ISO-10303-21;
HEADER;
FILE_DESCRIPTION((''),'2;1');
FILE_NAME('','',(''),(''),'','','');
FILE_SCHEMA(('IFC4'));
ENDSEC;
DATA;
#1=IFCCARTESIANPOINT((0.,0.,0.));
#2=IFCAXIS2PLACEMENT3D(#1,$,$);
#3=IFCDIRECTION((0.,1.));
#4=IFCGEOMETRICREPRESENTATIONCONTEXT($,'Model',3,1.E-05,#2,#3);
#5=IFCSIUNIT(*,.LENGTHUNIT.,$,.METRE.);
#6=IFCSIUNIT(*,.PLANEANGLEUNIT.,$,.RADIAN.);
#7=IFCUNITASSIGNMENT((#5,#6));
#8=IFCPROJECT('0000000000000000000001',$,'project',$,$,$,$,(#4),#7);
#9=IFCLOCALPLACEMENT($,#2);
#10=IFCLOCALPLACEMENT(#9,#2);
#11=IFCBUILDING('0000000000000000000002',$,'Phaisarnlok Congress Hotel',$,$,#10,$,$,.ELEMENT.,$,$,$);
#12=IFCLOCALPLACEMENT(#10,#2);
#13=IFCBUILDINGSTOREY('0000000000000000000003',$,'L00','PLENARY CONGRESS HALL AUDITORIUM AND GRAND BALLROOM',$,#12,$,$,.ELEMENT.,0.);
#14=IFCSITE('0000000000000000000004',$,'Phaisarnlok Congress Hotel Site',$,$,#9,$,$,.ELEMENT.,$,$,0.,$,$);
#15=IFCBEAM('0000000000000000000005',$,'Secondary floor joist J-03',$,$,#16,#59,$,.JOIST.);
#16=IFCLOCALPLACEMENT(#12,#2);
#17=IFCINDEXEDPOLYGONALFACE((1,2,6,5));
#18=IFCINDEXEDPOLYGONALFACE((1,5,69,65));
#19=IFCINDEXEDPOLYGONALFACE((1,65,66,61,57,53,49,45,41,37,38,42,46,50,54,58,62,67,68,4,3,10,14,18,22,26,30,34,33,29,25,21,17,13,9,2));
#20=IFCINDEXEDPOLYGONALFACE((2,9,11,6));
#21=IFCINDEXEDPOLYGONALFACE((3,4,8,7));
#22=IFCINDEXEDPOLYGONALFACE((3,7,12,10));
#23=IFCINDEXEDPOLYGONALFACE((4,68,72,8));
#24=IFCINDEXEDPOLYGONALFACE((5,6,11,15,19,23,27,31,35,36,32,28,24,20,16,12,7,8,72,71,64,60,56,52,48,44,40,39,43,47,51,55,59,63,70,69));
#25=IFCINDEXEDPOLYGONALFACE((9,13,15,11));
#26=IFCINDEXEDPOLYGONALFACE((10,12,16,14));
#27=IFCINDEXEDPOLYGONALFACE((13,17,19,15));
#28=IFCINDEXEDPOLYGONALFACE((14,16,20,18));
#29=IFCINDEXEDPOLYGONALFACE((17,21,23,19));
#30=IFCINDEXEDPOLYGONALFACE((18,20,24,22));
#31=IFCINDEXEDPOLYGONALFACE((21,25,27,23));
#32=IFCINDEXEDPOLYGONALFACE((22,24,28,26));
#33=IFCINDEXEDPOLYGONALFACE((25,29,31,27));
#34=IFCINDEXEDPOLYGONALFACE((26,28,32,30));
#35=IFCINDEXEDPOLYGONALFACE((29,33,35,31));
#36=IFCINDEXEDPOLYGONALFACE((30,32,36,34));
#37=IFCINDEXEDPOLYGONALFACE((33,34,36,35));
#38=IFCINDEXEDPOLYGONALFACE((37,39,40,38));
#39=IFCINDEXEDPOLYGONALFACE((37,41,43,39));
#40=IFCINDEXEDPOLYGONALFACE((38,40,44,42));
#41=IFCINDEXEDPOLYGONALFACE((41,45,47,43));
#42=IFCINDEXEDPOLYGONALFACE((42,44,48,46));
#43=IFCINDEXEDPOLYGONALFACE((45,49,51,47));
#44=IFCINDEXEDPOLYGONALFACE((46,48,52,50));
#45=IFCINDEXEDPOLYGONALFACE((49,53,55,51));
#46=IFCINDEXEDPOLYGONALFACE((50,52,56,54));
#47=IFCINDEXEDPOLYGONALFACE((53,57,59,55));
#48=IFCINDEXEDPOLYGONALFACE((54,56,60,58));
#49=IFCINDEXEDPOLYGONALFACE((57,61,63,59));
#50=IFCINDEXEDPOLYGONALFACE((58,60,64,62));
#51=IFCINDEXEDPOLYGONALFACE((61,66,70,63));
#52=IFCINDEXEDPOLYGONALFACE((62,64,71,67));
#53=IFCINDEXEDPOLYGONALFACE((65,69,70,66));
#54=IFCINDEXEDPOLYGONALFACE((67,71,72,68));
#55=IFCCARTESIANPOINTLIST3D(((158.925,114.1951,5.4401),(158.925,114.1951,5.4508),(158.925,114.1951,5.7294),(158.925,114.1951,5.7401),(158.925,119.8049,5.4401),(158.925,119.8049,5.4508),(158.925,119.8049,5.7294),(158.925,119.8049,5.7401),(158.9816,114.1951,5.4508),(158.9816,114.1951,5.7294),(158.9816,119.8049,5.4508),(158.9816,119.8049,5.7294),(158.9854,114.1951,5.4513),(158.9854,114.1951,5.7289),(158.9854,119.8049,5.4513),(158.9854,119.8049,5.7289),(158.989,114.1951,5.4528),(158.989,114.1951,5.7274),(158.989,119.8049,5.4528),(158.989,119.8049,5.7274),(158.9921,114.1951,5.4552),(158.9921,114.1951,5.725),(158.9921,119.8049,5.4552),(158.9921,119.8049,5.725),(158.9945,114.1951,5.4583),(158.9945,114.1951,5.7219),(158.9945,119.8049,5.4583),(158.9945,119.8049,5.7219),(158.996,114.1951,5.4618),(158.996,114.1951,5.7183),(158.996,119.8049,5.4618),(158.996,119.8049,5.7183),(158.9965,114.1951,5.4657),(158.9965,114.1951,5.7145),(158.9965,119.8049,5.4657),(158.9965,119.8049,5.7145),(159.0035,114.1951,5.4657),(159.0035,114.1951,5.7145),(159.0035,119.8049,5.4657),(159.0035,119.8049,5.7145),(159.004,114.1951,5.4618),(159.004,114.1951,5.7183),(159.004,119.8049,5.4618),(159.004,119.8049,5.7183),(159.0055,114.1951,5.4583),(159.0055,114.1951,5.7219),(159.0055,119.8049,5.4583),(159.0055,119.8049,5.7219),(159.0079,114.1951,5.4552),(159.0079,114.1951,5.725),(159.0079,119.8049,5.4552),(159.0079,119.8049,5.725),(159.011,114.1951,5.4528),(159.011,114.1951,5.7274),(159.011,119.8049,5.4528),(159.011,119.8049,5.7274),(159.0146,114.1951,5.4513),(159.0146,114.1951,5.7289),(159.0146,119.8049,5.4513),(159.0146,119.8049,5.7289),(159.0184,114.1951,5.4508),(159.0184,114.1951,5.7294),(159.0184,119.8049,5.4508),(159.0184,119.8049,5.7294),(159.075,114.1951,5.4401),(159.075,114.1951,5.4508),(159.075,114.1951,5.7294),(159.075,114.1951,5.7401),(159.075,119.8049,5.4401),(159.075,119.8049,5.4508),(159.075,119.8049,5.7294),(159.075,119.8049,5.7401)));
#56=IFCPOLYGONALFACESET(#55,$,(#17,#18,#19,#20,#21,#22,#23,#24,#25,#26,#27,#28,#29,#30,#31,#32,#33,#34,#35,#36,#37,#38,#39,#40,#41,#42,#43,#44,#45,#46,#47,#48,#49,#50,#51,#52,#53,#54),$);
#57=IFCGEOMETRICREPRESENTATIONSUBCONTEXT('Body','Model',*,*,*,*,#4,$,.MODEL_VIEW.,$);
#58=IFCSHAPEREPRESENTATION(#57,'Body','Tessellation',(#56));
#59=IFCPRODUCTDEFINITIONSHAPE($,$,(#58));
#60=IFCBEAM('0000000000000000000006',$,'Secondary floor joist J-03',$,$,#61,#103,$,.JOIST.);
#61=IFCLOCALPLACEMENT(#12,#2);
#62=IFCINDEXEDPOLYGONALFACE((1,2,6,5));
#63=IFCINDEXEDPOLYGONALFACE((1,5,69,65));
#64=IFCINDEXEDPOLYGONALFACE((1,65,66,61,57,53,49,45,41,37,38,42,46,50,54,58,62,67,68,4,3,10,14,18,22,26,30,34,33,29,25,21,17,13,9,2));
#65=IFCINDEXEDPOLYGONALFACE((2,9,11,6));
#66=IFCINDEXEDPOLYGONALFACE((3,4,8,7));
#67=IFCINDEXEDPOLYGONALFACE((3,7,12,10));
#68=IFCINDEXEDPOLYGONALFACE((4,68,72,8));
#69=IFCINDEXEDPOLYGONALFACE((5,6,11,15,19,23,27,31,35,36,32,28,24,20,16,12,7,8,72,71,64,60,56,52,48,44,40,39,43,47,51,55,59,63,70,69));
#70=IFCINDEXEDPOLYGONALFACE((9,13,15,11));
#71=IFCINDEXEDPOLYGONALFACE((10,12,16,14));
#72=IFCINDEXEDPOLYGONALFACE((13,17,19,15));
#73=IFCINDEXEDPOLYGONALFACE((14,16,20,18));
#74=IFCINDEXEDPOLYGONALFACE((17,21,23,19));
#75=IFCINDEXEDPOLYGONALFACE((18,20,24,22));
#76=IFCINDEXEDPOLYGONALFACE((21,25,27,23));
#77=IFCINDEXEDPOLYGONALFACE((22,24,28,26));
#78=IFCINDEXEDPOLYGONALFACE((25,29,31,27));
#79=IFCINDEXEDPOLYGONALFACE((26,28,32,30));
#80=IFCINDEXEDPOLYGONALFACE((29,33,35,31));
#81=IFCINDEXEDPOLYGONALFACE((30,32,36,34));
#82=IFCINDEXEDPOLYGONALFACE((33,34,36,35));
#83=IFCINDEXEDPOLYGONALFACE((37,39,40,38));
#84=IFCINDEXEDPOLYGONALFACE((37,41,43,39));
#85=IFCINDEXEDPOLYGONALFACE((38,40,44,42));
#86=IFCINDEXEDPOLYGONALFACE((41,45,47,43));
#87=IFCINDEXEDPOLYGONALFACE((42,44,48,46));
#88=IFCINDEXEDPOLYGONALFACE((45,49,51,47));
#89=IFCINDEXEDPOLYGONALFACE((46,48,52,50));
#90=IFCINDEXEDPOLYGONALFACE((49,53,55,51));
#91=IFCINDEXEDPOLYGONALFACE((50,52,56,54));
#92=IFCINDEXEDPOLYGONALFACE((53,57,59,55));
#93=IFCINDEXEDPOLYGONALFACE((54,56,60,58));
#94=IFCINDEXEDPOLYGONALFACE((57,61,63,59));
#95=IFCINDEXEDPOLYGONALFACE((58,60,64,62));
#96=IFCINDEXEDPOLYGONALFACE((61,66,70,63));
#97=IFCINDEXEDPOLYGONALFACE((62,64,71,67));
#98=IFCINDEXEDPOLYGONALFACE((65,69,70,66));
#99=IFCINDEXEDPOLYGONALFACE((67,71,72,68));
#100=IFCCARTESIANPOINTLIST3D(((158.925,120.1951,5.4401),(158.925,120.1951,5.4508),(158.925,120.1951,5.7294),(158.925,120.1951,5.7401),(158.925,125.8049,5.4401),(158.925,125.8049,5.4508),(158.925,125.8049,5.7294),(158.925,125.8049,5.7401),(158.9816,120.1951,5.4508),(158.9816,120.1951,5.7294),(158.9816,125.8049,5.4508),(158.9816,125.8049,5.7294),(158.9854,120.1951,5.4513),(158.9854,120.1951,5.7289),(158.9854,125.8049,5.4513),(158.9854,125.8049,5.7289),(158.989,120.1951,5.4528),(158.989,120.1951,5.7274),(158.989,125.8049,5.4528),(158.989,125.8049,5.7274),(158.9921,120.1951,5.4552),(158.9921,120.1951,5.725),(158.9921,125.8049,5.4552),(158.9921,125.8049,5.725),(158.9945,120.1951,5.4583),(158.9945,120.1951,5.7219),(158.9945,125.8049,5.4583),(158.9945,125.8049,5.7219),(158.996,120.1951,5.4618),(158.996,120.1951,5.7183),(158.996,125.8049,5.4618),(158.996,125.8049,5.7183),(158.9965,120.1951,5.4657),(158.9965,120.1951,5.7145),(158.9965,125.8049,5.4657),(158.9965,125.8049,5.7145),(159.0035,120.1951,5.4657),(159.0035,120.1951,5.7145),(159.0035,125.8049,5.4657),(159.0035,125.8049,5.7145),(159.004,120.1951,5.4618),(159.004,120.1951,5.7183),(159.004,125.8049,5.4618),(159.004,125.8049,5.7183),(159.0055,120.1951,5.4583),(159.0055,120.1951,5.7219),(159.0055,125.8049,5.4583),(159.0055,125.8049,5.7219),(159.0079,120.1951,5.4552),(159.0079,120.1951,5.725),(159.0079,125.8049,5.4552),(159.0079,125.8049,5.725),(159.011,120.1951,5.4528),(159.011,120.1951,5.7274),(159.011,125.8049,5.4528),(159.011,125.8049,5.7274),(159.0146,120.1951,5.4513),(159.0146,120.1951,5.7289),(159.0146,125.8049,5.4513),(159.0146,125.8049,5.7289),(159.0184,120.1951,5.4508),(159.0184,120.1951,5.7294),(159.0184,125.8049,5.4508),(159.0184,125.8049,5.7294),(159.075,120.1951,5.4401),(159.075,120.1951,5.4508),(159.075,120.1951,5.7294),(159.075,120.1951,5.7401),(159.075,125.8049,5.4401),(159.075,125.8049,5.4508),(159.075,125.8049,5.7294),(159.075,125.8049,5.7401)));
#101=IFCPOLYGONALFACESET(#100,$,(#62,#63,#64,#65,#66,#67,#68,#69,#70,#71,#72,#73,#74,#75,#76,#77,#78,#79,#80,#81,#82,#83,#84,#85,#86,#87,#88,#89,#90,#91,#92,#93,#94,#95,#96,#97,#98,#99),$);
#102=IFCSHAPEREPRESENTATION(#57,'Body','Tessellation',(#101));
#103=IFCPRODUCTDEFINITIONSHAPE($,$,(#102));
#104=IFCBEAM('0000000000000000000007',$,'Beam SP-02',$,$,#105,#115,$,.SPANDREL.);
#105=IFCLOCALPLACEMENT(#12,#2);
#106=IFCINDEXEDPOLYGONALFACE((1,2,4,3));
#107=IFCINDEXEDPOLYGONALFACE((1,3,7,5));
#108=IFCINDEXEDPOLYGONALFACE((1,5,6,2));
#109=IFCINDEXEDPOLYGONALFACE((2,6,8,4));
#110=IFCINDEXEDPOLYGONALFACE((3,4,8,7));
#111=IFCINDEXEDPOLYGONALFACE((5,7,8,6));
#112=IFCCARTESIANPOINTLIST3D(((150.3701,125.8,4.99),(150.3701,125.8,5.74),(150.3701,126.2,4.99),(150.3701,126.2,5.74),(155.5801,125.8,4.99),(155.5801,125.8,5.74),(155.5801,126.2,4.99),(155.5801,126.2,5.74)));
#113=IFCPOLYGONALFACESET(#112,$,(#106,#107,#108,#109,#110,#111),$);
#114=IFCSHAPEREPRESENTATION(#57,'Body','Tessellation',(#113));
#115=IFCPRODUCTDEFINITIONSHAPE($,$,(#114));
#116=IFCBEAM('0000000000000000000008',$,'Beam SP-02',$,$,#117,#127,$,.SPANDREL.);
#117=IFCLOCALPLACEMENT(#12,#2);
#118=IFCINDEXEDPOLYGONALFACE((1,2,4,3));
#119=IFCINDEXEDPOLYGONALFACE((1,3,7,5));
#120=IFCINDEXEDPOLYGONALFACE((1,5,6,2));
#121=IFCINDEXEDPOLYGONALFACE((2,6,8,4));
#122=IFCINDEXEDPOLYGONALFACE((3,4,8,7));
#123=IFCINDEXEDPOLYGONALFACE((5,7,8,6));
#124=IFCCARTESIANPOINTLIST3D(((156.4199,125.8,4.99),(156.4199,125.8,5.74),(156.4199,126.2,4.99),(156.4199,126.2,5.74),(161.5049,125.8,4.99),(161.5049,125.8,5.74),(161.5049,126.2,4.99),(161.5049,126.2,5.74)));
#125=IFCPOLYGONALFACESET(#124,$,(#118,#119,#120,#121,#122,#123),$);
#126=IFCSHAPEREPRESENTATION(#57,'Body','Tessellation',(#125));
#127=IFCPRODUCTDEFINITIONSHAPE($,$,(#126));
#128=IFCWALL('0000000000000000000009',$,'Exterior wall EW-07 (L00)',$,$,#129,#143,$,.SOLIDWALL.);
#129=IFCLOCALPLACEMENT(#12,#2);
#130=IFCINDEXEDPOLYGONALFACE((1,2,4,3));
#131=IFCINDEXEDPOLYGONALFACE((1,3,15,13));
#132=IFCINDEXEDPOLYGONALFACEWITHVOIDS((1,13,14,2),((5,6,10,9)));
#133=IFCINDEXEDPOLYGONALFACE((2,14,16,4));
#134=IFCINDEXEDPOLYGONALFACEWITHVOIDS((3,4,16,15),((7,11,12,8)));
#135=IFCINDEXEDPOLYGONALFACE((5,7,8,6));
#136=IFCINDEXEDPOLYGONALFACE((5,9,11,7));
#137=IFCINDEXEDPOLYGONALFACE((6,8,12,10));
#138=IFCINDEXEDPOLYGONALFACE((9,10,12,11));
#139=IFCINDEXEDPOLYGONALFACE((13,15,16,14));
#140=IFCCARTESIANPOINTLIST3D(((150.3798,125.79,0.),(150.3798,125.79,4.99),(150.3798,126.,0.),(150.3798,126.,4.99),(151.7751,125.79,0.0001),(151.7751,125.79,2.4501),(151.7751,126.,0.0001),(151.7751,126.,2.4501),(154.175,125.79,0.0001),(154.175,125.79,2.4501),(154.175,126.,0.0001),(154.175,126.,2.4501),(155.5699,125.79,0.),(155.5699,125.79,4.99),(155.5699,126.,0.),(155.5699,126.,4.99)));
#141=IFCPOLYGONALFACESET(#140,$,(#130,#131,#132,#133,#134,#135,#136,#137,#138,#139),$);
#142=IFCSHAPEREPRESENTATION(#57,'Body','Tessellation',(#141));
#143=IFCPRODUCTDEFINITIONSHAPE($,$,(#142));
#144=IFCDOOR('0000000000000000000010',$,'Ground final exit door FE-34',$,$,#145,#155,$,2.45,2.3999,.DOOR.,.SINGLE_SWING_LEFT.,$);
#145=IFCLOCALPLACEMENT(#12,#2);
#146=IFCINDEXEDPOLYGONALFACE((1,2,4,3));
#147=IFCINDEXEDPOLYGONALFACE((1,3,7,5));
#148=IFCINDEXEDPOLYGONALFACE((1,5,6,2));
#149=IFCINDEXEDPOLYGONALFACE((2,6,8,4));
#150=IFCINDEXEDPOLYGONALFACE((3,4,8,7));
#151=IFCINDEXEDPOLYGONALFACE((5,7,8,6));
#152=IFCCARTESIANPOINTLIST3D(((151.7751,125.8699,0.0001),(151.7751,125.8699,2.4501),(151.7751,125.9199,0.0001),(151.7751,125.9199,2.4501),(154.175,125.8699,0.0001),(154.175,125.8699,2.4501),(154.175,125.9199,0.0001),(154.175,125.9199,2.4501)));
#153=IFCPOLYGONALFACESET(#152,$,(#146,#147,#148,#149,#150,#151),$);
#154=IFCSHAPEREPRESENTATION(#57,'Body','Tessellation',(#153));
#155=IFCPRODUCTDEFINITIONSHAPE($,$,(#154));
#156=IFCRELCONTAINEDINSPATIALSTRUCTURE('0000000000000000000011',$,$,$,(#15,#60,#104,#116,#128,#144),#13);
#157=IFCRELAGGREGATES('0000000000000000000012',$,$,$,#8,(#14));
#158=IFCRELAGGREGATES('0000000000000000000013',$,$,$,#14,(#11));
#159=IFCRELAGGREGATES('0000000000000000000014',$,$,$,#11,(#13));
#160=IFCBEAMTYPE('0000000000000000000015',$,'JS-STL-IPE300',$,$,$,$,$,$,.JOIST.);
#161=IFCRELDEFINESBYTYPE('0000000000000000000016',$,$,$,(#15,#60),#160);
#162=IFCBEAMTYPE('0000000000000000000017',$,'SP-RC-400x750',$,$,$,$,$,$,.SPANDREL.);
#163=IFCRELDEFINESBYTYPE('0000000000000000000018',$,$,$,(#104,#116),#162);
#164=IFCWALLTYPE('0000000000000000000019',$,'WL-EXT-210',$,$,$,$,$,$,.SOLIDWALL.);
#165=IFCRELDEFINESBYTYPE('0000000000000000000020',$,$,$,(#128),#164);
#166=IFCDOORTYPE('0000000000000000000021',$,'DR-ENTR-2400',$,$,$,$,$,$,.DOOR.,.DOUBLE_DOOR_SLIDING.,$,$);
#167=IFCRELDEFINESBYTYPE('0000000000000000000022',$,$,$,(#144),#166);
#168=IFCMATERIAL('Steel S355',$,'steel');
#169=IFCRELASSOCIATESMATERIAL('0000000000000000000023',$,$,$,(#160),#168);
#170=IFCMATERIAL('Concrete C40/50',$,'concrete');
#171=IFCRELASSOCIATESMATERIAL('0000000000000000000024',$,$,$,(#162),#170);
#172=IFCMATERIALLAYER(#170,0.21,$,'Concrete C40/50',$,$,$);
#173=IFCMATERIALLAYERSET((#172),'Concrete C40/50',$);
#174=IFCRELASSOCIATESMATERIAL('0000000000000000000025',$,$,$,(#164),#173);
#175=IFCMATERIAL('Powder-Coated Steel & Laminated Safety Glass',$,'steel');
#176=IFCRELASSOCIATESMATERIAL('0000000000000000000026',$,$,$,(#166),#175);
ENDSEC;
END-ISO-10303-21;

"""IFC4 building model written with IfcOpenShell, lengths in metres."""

from ifc_helpers import new_model, si_unit, direction, frame, frame_2d, origin, origin_2d, place, context, subcontext, project, spatial, rectangle, i_section, extrude, material, layer, layer_set, material_profile, profile_set, type_object, element, fill, save


model = new_model("IFC4")

# Units and contexts
model_context = context("Model", 3, precision=1e-05, world=origin(), true_north=direction((0.0, 1.0)))
body_context = subcontext(model_context, "Body", "Model", "MODEL_VIEW")
ifc_project = project(units=[si_unit("LENGTHUNIT", "METRE"), si_unit("PLANEANGLEUNIT", "RADIAN")], contexts=[model_context])

# Site, building, storey
site_placement = place(None, origin())
site = spatial("IfcSite", under=ifc_project, at=site_placement, Name="Phaisarnlok Congress Hotel Site", CompositionType="ELEMENT", RefElevation=0.0)
building_placement = place(site_placement, origin())
building = spatial("IfcBuilding", under=site, at=building_placement, Name="Phaisarnlok Congress Hotel", CompositionType="ELEMENT")
storey_placement = place(building_placement, origin())
storey = spatial("IfcBuildingStorey", under=building, at=storey_placement, Name="L00", Description="PLENARY CONGRESS HALL AUDITORIUM AND GRAND BALLROOM", CompositionType="ELEMENT", Elevation=0.0)

# Shared definitions
ifc_material_1 = material(Name="Steel S355", Category="steel")

# Beams
ifc_material_2 = material(Name="Concrete C40/50", Category="concrete")
ifc_material_profile_1 = material_profile(ifc_material_1, i_section(OverallWidth=0.1499, OverallDepth=0.3, WebThickness=0.0071, FlangeThickness=0.0107, FilletRadius=0.0149, at=origin_2d()), Name="IPE 300")
ifc_profile_set_1 = profile_set([ifc_material_profile_1], Name="Steel S355")
beam_type_1 = type_object("IfcBeamType", Name="JS-STL-IPE300", PredefinedType="JOIST", material=ifc_profile_set_1)
for number, where, z_axis, x_axis, name in (
    (1, (159.0, 114.1951, 5.5901), (0.0, 1.0, 0.0), (-1.0, 0.0, 0.0), "Secondary floor joist J-03"),
    (2, (159.0, 120.1951, 5.5901), (0.0, 1.0, 0.0), (-1.0, 0.0, 0.0), "Secondary floor joist J-03"),
):
    element("IfcBeam", number, at=place(storey_placement, frame(where, z_axis=z_axis, x_axis=x_axis)), inside=storey, type_object=beam_type_1, Name=name, PredefinedType="JOIST", context=body_context, shape_type="SweptSolid", body=[
        extrude(i_section(OverallWidth=0.1499, OverallDepth=0.3, WebThickness=0.0071, FlangeThickness=0.0107, FilletRadius=0.0149, at=origin_2d()), origin(), (0.0, 0.0, 1.0), 5.6099),
    ])
ifc_material_profile_2 = material_profile(ifc_material_2, rectangle(XDim=0.3999, YDim=0.75, at=origin_2d()), Name="RC 400x750")
ifc_profile_set_2 = profile_set([ifc_material_profile_2], Name="Concrete C40/50")
beam_type_2 = type_object("IfcBeamType", Name="SP-RC-400x750", PredefinedType="SPANDREL", material=ifc_profile_set_2)
beam_1_placement = place(storey_placement, frame((150.3701, 126.0, 5.365), z_axis=(1.0, 0.0, 0.0), x_axis=(0.0, 1.0, 0.0)))
element("IfcBeam", 3, at=beam_1_placement, inside=storey, type_object=beam_type_2, Name="Beam SP-02", PredefinedType="SPANDREL", context=body_context, shape_type="SweptSolid", body=[
    extrude(rectangle(XDim=0.3999, YDim=0.75, at=origin_2d()), origin(), (0.0, 0.0, 1.0), 5.21),
])
beam_2_placement = place(storey_placement, frame((156.4199, 126.0, 5.365), z_axis=(1.0, 0.0, 0.0), x_axis=(0.0, 1.0, 0.0)))
element("IfcBeam", 4, at=beam_2_placement, inside=storey, type_object=beam_type_2, Name="Beam SP-02", PredefinedType="SPANDREL", context=body_context, shape_type="SweptSolid", body=[
    extrude(rectangle(XDim=0.3999, YDim=0.75, at=origin_2d()), origin(), (0.0, 0.0, 1.0), 5.085),
])

# Wall, opening, door
ifc_layer_1 = layer(ifc_material_2, 0.21, Name="Concrete C40/50")
ifc_layer_set_1 = layer_set([ifc_layer_1], Name="Concrete C40/50")
wall_type_1 = type_object("IfcWallType", Name="WL-EXT-210", PredefinedType="SOLIDWALL", material=ifc_layer_set_1)
wall_1_placement = place(storey_placement, frame((155.5701, 125.895, 0.0), z_axis=(0.0, 0.0, 1.0), x_axis=(-1.0, 0.0, 0.0)))
wall_1 = element("IfcWall", 5, at=wall_1_placement, inside=storey, type_object=wall_type_1, Name="Exterior wall EW-07 (L00)", PredefinedType="SOLIDWALL", context=body_context, shape_type="SweptSolid", body=[
    extrude(rectangle(XDim=5.1902, YDim=0.21, at=frame_2d((2.5952, 0.0))), origin(), (0.0, 0.0, 1.0), 4.99),
])
opening_1_placement = place(wall_1_placement, frame((1.395, 0.0, 0.0)))
opening_1 = element("IfcOpeningElement", 6, at=opening_1_placement, cuts=wall_1, PredefinedType="OPENING", context=body_context, shape_type="SweptSolid", body=[
    extrude(rectangle(XDim=2.3999, YDim=2.45, at=frame_2d((1.2, 1.2251))), frame((0.0, 0.115, 0.0), z_axis=(0.0, -1.0, 0.0), x_axis=(1.0, 0.0, 0.0)), (0.0, 0.0, 1.0), 0.23),
])
ifc_material_3 = material(Name="Powder-Coated Steel & Laminated Safety Glass", Category="steel")
door_type_1 = type_object("IfcDoorType", Name="DR-ENTR-2400", OperationType="DOUBLE_DOOR_SLIDING", PredefinedType="DOOR", material=ifc_material_3)
door_1_placement = place(opening_1_placement, frame((2.3999, 0.0, 0.0), z_axis=(0.0, 0.0, 1.0), x_axis=(-1.0, 0.0, 0.0)))
door_1 = element("IfcDoor", 7, at=door_1_placement, inside=storey, type_object=door_type_1, Name="Ground final exit door FE-34", OperationType="SINGLE_SWING_LEFT", OverallHeight=2.45, OverallWidth=2.3999, PredefinedType="DOOR", context=body_context, shape_type="SweptSolid", body=[
    extrude(rectangle(XDim=2.3999, YDim=2.45, at=frame_2d((1.2, 1.2251))), frame((0.0, 0.0249, 0.0), z_axis=(0.0, -1.0, 0.0), x_axis=(1.0, 0.0, 0.0)), (0.0, 0.0, 1.0), 0.05),
])
fill(opening_1, door_1)

save(model, "model.ifc")
